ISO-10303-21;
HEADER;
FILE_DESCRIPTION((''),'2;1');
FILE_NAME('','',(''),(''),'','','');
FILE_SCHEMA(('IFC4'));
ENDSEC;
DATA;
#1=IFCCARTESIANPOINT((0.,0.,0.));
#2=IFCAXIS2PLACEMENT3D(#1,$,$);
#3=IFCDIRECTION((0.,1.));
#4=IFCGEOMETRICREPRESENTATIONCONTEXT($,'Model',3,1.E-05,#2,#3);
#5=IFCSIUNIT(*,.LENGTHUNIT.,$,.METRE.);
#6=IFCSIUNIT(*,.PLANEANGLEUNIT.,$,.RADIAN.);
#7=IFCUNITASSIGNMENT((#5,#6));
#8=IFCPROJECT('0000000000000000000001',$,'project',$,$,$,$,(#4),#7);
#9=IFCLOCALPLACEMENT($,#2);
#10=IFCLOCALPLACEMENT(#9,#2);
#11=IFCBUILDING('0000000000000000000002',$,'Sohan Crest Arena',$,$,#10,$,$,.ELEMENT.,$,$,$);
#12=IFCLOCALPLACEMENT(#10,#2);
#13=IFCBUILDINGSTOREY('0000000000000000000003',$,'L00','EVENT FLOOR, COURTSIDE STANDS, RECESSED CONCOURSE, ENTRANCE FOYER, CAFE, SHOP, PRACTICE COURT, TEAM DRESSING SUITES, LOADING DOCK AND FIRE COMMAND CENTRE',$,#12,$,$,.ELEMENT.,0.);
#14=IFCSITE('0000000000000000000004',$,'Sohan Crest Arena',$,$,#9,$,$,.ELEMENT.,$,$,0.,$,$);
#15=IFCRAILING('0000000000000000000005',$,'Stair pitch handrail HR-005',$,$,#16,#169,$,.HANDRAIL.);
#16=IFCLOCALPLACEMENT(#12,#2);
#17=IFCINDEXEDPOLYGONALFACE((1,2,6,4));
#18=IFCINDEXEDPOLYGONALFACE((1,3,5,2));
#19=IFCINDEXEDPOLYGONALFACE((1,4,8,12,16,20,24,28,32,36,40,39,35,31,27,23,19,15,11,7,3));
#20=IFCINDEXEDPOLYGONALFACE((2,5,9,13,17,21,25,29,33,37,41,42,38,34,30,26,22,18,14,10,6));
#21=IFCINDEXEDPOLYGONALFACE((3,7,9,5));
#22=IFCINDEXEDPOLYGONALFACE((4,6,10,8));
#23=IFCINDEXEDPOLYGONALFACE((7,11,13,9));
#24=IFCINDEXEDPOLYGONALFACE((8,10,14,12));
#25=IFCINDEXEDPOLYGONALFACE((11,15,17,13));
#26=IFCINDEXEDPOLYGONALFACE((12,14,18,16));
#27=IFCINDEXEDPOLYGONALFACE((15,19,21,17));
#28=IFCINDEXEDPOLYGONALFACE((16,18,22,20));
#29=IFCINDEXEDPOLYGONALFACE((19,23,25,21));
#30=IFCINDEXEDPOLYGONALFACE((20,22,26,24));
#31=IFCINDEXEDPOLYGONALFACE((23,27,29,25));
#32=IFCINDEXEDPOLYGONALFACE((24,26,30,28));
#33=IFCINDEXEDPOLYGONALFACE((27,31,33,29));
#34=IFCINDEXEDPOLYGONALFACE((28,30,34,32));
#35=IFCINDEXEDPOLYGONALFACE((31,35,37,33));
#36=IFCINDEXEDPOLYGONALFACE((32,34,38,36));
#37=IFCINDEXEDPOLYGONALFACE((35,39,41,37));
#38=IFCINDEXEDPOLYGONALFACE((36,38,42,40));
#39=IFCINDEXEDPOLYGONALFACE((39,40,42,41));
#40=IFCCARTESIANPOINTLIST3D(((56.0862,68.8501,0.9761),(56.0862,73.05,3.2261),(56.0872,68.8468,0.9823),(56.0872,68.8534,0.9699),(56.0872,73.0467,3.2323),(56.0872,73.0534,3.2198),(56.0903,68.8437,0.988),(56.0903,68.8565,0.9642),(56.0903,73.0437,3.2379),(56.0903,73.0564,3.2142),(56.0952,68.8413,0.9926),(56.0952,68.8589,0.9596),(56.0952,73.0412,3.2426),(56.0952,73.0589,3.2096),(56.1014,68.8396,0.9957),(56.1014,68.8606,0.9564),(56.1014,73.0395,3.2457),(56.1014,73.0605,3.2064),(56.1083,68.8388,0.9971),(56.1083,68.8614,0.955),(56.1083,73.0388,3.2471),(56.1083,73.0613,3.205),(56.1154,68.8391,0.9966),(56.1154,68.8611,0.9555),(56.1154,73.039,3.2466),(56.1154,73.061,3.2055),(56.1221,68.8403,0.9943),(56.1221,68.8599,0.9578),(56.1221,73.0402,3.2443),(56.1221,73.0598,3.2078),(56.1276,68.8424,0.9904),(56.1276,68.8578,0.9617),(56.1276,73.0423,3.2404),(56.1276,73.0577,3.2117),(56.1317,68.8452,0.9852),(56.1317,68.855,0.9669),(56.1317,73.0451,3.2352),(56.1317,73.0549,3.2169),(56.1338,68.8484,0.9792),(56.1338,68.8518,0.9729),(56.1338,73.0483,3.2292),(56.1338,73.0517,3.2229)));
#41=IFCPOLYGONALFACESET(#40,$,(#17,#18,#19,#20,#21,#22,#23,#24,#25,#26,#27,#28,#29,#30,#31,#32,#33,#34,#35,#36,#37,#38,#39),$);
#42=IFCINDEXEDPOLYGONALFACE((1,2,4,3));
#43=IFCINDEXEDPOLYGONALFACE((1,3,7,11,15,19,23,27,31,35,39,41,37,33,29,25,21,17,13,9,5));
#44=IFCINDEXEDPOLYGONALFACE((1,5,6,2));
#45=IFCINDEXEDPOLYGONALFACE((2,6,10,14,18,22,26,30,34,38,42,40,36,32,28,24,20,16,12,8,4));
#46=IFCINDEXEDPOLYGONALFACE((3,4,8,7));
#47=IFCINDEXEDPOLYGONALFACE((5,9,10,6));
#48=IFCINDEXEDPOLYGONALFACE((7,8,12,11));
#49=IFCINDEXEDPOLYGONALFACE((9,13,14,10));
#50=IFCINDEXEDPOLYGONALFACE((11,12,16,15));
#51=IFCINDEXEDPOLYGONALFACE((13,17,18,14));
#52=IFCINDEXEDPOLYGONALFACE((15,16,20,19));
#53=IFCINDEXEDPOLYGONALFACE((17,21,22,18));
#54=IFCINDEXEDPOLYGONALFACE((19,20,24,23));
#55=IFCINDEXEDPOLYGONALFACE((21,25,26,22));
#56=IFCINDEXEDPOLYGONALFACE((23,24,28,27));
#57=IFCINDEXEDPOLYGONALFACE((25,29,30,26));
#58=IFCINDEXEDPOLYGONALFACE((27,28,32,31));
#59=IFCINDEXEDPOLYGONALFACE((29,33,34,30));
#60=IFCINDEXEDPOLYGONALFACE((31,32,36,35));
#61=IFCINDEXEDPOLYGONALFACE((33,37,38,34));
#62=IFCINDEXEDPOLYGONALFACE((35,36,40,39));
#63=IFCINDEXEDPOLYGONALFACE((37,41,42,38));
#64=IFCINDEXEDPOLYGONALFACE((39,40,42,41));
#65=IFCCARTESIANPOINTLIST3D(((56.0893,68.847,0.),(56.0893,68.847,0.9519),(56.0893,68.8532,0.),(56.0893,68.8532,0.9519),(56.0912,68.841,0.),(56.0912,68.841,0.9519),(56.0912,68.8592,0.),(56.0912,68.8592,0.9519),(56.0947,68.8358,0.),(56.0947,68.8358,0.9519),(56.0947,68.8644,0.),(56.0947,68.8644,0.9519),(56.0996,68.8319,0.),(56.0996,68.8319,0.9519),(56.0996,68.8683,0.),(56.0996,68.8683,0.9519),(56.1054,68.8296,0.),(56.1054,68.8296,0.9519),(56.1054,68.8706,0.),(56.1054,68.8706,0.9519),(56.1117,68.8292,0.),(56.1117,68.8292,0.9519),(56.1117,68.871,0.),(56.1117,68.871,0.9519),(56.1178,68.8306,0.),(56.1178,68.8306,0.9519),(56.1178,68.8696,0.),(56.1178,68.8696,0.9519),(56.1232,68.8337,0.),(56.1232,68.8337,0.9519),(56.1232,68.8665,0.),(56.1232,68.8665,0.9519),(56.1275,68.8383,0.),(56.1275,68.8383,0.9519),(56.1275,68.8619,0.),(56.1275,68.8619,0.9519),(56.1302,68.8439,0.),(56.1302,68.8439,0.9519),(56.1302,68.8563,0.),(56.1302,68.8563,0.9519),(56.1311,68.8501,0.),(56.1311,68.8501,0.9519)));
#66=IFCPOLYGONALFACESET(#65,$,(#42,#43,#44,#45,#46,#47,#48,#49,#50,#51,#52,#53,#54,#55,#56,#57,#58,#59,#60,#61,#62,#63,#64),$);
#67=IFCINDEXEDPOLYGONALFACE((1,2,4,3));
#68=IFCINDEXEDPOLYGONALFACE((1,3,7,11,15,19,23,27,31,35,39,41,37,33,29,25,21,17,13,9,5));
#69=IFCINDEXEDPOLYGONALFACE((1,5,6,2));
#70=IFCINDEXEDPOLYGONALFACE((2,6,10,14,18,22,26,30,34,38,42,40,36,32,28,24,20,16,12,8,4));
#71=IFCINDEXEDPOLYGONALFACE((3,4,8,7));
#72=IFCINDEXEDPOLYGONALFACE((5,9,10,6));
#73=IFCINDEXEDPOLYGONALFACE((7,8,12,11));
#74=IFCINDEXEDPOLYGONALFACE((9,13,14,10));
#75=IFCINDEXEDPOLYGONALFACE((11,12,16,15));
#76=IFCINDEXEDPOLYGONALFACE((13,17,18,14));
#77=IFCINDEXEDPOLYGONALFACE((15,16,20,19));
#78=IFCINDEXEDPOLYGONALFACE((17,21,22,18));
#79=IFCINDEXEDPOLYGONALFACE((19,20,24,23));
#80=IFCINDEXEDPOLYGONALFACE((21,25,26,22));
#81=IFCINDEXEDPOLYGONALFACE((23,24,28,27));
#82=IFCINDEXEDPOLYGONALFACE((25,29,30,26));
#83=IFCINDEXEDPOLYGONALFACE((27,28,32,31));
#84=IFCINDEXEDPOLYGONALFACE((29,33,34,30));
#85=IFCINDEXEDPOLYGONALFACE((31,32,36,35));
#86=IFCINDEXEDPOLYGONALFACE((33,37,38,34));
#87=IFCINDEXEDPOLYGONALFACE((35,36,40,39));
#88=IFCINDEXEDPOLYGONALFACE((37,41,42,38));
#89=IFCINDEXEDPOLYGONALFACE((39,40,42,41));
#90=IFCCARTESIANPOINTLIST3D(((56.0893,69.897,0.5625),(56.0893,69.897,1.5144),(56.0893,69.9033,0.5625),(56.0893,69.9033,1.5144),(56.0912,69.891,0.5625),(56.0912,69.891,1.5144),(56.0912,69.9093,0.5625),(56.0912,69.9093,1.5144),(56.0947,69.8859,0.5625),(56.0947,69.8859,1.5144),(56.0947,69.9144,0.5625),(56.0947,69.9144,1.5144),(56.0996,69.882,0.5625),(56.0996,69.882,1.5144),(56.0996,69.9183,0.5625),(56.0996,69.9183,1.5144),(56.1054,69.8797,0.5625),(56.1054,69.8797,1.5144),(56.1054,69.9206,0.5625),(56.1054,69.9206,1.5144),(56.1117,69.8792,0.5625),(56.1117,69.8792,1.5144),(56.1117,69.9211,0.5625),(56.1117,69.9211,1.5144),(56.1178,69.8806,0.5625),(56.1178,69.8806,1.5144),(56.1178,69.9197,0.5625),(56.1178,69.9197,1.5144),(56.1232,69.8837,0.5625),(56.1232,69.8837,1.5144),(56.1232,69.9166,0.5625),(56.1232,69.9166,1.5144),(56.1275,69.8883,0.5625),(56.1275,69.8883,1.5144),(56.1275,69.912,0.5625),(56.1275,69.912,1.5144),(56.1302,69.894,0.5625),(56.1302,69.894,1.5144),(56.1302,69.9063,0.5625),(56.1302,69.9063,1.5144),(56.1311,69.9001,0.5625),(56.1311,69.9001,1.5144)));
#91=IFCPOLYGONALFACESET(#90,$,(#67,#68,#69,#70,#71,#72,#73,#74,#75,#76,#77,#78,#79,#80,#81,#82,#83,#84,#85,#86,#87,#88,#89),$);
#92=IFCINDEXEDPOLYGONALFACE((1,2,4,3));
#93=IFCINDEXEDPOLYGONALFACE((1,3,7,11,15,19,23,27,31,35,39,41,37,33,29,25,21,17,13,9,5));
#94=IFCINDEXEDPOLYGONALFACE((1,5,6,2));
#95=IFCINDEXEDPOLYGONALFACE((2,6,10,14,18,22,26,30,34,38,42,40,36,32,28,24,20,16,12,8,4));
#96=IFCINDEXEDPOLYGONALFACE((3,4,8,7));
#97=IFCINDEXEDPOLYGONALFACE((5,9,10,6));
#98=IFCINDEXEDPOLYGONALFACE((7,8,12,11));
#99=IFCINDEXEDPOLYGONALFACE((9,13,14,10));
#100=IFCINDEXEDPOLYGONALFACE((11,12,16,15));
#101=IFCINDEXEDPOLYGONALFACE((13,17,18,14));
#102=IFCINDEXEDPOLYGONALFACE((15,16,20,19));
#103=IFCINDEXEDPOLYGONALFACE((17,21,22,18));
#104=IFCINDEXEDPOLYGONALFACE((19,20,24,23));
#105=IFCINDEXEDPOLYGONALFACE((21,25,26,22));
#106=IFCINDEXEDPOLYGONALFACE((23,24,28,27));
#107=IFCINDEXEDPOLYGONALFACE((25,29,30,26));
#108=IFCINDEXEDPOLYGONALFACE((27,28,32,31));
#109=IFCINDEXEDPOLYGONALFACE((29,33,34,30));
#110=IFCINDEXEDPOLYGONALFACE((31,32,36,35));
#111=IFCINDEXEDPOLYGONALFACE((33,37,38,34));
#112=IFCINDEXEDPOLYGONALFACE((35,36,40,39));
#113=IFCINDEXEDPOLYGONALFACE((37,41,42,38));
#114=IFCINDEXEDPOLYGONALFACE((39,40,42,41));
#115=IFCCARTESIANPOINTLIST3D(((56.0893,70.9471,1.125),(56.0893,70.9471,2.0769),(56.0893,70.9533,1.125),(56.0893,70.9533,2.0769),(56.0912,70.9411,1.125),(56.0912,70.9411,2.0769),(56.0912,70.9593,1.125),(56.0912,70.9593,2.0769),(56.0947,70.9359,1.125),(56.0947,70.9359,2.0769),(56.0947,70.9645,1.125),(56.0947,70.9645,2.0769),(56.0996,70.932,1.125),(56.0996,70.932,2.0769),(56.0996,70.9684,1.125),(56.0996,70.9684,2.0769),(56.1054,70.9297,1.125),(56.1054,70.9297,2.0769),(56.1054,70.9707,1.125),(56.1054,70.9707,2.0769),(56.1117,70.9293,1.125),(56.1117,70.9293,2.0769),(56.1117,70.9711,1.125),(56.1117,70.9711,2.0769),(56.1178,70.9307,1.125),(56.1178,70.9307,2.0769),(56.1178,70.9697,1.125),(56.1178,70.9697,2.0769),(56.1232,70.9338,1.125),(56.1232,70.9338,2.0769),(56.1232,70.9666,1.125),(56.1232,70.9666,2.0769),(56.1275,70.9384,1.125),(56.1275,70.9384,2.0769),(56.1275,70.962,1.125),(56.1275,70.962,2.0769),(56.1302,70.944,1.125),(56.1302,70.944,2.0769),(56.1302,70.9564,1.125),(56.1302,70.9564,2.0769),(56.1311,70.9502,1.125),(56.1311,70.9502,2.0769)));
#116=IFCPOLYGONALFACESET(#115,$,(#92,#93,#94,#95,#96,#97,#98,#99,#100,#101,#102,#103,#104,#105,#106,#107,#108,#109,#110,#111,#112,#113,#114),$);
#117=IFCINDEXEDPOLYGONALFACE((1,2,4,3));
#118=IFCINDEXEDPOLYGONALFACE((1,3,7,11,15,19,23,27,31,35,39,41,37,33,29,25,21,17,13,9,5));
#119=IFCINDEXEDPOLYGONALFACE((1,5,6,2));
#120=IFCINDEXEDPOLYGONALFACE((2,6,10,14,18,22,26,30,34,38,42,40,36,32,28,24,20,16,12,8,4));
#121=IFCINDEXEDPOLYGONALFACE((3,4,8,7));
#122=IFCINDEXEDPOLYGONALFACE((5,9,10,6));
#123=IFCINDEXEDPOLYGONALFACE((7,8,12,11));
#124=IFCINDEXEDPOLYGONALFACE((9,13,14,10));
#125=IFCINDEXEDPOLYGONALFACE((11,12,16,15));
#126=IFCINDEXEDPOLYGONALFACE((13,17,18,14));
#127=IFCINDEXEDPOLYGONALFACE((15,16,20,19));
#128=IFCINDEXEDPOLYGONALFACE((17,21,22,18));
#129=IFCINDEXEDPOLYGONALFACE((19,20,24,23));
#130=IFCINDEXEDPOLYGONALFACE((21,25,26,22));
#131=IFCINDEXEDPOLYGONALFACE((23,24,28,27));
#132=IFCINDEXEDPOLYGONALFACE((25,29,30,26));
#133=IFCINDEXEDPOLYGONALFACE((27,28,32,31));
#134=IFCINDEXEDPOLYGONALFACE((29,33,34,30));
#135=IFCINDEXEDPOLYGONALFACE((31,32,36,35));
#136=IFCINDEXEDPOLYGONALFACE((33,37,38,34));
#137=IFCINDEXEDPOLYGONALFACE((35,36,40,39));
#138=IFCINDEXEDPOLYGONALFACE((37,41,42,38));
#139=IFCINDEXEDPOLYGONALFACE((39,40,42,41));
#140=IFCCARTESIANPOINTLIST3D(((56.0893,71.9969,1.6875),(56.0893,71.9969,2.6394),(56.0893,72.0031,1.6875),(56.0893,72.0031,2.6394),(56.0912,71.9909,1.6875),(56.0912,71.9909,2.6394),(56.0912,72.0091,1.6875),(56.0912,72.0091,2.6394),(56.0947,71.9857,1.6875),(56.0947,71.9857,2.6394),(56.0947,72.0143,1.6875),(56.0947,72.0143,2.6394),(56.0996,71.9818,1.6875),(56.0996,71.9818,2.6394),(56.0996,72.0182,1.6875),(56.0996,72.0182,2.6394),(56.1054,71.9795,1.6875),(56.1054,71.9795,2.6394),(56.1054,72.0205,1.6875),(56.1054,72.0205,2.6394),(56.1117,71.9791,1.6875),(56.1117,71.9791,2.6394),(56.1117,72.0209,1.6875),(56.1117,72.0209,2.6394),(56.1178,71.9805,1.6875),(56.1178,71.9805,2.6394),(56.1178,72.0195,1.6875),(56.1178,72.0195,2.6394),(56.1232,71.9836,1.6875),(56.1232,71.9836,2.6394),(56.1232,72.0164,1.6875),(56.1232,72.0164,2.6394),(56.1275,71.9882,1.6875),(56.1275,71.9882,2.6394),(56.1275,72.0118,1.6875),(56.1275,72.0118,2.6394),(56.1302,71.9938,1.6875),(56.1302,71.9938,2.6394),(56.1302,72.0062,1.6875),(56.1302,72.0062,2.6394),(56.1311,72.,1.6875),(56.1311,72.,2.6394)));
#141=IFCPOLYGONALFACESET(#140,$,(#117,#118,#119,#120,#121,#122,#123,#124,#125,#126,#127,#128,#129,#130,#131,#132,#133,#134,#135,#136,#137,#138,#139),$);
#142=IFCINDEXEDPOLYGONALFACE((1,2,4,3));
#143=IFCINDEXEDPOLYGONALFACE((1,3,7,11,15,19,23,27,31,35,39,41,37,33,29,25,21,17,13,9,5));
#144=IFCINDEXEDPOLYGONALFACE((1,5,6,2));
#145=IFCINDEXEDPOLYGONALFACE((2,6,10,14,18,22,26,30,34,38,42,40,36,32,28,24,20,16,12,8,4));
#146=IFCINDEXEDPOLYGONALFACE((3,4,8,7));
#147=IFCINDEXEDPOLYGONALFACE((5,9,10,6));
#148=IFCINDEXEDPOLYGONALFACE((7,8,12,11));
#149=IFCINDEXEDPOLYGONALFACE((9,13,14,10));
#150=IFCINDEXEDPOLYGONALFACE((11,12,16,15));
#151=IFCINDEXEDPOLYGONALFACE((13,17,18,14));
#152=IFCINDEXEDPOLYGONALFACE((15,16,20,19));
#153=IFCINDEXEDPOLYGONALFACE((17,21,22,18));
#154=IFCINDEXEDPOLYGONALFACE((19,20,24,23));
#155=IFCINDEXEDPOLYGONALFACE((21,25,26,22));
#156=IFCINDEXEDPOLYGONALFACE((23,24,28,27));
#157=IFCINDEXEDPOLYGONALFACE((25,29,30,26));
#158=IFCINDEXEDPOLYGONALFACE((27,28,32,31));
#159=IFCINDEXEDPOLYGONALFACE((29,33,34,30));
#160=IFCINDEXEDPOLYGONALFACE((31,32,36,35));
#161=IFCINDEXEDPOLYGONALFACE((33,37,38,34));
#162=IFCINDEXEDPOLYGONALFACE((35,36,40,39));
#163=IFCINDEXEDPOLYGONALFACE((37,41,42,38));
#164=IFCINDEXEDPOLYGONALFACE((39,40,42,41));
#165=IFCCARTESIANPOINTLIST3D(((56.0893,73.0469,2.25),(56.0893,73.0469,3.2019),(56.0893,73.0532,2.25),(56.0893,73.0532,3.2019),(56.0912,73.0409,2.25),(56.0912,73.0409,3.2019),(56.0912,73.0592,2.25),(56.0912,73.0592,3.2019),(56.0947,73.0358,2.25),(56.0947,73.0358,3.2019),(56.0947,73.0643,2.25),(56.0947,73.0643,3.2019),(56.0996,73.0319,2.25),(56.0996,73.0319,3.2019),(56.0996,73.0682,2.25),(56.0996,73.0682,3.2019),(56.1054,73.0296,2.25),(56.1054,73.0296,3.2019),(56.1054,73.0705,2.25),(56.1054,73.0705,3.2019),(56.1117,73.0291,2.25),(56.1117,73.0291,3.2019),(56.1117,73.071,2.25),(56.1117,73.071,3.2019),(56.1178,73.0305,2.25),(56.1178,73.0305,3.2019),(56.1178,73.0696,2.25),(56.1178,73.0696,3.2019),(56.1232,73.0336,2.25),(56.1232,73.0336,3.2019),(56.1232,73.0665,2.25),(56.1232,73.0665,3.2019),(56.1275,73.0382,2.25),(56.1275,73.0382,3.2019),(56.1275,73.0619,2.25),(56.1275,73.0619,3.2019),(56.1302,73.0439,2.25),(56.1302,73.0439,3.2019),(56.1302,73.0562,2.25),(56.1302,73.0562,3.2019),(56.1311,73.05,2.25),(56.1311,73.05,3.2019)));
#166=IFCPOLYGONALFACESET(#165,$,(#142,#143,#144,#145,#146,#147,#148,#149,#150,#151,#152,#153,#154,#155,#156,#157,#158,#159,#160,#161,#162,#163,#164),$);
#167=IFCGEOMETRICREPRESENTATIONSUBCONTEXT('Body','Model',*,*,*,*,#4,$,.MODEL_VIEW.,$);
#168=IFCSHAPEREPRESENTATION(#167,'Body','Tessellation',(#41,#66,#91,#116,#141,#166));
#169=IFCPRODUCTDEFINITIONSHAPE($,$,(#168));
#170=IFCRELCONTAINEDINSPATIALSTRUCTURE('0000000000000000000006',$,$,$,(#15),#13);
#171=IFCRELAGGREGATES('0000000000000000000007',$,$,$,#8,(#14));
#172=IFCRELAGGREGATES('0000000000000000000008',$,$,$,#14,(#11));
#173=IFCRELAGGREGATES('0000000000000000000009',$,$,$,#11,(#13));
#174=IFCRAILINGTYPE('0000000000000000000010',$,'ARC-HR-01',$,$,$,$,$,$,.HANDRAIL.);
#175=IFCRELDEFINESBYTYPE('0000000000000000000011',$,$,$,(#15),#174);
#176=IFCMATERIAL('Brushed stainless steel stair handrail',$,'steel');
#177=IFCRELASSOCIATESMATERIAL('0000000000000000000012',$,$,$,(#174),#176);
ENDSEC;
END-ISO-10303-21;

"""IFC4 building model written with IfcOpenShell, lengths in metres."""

from ifc_helpers import new_model, si_unit, direction, frame, origin, origin_2d, place, context, subcontext, project, spatial, circle, extrude, material, type_object, element, save


model = new_model("IFC4")

# Units and contexts
model_context = context("Model", 3, precision=1e-05, world=origin(), true_north=direction((0.0, 1.0)))
body_context = subcontext(model_context, "Body", "Model", "MODEL_VIEW")
ifc_project = project(units=[si_unit("LENGTHUNIT", "METRE"), si_unit("PLANEANGLEUNIT", "RADIAN")], contexts=[model_context])

# Site, building, storey
site_placement = place(None, origin())
site = spatial("IfcSite", under=ifc_project, at=site_placement, Name="Sohan Crest Arena", CompositionType="ELEMENT", RefElevation=0.0)
building_placement = place(site_placement, origin())
building = spatial("IfcBuilding", under=site, at=building_placement, Name="Sohan Crest Arena", CompositionType="ELEMENT")
storey_placement = place(building_placement, origin())
storey = spatial("IfcBuildingStorey", under=building, at=storey_placement, Name="L00", Description="EVENT FLOOR, COURTSIDE STANDS, RECESSED CONCOURSE, ENTRANCE FOYER, CAFE, SHOP, PRACTICE COURT, TEAM DRESSING SUITES, LOADING DOCK AND FIRE COMMAND CENTRE", CompositionType="ELEMENT", Elevation=0.0)

# Railing
ifc_material_1 = material(Name="Brushed stainless steel stair handrail", Category="steel")
railing_type_1 = type_object("IfcRailingType", Name="ARC-HR-01", PredefinedType="HANDRAIL", material=ifc_material_1)
for number, where, name in (
    (1, (56.1101, 68.8501, 0.0), "Stair pitch handrail HR-005"),
):
    element("IfcRailing", number, at=place(storey_placement, frame(where)), inside=storey, type_object=railing_type_1, Name=name, PredefinedType="HANDRAIL", context=body_context, shape_type="SweptSolid", body=[
        extrude(circle(Radius=0.0239, at=origin_2d()), frame((0.0, 0.0, 0.9761), z_axis=(0.0, 0.881478, 0.472226), x_axis=(-1.0, 0.0, 0.0)), (0.0, 0.0, 1.0), 4.7646),
        extrude(circle(Radius=0.021, at=origin_2d()), origin(), (0.0, 0.0, 1.0), 0.9519),
        extrude(circle(Radius=0.021, at=origin_2d()), frame((0.0, 1.05, 0.5625)), (0.0, 0.0, 1.0), 0.9519),
        extrude(circle(Radius=0.021, at=origin_2d()), frame((0.0, 2.1001, 1.125)), (0.0, 0.0, 1.0), 0.9519),
        extrude(circle(Radius=0.021, at=origin_2d()), frame((0.0, 3.1499, 1.6875)), (0.0, 0.0, 1.0), 0.9519),
        extrude(circle(Radius=0.021, at=origin_2d()), frame((0.0, 4.2, 2.25)), (0.0, 0.0, 1.0), 0.9519),
    ])

save(model, "model.ifc")
